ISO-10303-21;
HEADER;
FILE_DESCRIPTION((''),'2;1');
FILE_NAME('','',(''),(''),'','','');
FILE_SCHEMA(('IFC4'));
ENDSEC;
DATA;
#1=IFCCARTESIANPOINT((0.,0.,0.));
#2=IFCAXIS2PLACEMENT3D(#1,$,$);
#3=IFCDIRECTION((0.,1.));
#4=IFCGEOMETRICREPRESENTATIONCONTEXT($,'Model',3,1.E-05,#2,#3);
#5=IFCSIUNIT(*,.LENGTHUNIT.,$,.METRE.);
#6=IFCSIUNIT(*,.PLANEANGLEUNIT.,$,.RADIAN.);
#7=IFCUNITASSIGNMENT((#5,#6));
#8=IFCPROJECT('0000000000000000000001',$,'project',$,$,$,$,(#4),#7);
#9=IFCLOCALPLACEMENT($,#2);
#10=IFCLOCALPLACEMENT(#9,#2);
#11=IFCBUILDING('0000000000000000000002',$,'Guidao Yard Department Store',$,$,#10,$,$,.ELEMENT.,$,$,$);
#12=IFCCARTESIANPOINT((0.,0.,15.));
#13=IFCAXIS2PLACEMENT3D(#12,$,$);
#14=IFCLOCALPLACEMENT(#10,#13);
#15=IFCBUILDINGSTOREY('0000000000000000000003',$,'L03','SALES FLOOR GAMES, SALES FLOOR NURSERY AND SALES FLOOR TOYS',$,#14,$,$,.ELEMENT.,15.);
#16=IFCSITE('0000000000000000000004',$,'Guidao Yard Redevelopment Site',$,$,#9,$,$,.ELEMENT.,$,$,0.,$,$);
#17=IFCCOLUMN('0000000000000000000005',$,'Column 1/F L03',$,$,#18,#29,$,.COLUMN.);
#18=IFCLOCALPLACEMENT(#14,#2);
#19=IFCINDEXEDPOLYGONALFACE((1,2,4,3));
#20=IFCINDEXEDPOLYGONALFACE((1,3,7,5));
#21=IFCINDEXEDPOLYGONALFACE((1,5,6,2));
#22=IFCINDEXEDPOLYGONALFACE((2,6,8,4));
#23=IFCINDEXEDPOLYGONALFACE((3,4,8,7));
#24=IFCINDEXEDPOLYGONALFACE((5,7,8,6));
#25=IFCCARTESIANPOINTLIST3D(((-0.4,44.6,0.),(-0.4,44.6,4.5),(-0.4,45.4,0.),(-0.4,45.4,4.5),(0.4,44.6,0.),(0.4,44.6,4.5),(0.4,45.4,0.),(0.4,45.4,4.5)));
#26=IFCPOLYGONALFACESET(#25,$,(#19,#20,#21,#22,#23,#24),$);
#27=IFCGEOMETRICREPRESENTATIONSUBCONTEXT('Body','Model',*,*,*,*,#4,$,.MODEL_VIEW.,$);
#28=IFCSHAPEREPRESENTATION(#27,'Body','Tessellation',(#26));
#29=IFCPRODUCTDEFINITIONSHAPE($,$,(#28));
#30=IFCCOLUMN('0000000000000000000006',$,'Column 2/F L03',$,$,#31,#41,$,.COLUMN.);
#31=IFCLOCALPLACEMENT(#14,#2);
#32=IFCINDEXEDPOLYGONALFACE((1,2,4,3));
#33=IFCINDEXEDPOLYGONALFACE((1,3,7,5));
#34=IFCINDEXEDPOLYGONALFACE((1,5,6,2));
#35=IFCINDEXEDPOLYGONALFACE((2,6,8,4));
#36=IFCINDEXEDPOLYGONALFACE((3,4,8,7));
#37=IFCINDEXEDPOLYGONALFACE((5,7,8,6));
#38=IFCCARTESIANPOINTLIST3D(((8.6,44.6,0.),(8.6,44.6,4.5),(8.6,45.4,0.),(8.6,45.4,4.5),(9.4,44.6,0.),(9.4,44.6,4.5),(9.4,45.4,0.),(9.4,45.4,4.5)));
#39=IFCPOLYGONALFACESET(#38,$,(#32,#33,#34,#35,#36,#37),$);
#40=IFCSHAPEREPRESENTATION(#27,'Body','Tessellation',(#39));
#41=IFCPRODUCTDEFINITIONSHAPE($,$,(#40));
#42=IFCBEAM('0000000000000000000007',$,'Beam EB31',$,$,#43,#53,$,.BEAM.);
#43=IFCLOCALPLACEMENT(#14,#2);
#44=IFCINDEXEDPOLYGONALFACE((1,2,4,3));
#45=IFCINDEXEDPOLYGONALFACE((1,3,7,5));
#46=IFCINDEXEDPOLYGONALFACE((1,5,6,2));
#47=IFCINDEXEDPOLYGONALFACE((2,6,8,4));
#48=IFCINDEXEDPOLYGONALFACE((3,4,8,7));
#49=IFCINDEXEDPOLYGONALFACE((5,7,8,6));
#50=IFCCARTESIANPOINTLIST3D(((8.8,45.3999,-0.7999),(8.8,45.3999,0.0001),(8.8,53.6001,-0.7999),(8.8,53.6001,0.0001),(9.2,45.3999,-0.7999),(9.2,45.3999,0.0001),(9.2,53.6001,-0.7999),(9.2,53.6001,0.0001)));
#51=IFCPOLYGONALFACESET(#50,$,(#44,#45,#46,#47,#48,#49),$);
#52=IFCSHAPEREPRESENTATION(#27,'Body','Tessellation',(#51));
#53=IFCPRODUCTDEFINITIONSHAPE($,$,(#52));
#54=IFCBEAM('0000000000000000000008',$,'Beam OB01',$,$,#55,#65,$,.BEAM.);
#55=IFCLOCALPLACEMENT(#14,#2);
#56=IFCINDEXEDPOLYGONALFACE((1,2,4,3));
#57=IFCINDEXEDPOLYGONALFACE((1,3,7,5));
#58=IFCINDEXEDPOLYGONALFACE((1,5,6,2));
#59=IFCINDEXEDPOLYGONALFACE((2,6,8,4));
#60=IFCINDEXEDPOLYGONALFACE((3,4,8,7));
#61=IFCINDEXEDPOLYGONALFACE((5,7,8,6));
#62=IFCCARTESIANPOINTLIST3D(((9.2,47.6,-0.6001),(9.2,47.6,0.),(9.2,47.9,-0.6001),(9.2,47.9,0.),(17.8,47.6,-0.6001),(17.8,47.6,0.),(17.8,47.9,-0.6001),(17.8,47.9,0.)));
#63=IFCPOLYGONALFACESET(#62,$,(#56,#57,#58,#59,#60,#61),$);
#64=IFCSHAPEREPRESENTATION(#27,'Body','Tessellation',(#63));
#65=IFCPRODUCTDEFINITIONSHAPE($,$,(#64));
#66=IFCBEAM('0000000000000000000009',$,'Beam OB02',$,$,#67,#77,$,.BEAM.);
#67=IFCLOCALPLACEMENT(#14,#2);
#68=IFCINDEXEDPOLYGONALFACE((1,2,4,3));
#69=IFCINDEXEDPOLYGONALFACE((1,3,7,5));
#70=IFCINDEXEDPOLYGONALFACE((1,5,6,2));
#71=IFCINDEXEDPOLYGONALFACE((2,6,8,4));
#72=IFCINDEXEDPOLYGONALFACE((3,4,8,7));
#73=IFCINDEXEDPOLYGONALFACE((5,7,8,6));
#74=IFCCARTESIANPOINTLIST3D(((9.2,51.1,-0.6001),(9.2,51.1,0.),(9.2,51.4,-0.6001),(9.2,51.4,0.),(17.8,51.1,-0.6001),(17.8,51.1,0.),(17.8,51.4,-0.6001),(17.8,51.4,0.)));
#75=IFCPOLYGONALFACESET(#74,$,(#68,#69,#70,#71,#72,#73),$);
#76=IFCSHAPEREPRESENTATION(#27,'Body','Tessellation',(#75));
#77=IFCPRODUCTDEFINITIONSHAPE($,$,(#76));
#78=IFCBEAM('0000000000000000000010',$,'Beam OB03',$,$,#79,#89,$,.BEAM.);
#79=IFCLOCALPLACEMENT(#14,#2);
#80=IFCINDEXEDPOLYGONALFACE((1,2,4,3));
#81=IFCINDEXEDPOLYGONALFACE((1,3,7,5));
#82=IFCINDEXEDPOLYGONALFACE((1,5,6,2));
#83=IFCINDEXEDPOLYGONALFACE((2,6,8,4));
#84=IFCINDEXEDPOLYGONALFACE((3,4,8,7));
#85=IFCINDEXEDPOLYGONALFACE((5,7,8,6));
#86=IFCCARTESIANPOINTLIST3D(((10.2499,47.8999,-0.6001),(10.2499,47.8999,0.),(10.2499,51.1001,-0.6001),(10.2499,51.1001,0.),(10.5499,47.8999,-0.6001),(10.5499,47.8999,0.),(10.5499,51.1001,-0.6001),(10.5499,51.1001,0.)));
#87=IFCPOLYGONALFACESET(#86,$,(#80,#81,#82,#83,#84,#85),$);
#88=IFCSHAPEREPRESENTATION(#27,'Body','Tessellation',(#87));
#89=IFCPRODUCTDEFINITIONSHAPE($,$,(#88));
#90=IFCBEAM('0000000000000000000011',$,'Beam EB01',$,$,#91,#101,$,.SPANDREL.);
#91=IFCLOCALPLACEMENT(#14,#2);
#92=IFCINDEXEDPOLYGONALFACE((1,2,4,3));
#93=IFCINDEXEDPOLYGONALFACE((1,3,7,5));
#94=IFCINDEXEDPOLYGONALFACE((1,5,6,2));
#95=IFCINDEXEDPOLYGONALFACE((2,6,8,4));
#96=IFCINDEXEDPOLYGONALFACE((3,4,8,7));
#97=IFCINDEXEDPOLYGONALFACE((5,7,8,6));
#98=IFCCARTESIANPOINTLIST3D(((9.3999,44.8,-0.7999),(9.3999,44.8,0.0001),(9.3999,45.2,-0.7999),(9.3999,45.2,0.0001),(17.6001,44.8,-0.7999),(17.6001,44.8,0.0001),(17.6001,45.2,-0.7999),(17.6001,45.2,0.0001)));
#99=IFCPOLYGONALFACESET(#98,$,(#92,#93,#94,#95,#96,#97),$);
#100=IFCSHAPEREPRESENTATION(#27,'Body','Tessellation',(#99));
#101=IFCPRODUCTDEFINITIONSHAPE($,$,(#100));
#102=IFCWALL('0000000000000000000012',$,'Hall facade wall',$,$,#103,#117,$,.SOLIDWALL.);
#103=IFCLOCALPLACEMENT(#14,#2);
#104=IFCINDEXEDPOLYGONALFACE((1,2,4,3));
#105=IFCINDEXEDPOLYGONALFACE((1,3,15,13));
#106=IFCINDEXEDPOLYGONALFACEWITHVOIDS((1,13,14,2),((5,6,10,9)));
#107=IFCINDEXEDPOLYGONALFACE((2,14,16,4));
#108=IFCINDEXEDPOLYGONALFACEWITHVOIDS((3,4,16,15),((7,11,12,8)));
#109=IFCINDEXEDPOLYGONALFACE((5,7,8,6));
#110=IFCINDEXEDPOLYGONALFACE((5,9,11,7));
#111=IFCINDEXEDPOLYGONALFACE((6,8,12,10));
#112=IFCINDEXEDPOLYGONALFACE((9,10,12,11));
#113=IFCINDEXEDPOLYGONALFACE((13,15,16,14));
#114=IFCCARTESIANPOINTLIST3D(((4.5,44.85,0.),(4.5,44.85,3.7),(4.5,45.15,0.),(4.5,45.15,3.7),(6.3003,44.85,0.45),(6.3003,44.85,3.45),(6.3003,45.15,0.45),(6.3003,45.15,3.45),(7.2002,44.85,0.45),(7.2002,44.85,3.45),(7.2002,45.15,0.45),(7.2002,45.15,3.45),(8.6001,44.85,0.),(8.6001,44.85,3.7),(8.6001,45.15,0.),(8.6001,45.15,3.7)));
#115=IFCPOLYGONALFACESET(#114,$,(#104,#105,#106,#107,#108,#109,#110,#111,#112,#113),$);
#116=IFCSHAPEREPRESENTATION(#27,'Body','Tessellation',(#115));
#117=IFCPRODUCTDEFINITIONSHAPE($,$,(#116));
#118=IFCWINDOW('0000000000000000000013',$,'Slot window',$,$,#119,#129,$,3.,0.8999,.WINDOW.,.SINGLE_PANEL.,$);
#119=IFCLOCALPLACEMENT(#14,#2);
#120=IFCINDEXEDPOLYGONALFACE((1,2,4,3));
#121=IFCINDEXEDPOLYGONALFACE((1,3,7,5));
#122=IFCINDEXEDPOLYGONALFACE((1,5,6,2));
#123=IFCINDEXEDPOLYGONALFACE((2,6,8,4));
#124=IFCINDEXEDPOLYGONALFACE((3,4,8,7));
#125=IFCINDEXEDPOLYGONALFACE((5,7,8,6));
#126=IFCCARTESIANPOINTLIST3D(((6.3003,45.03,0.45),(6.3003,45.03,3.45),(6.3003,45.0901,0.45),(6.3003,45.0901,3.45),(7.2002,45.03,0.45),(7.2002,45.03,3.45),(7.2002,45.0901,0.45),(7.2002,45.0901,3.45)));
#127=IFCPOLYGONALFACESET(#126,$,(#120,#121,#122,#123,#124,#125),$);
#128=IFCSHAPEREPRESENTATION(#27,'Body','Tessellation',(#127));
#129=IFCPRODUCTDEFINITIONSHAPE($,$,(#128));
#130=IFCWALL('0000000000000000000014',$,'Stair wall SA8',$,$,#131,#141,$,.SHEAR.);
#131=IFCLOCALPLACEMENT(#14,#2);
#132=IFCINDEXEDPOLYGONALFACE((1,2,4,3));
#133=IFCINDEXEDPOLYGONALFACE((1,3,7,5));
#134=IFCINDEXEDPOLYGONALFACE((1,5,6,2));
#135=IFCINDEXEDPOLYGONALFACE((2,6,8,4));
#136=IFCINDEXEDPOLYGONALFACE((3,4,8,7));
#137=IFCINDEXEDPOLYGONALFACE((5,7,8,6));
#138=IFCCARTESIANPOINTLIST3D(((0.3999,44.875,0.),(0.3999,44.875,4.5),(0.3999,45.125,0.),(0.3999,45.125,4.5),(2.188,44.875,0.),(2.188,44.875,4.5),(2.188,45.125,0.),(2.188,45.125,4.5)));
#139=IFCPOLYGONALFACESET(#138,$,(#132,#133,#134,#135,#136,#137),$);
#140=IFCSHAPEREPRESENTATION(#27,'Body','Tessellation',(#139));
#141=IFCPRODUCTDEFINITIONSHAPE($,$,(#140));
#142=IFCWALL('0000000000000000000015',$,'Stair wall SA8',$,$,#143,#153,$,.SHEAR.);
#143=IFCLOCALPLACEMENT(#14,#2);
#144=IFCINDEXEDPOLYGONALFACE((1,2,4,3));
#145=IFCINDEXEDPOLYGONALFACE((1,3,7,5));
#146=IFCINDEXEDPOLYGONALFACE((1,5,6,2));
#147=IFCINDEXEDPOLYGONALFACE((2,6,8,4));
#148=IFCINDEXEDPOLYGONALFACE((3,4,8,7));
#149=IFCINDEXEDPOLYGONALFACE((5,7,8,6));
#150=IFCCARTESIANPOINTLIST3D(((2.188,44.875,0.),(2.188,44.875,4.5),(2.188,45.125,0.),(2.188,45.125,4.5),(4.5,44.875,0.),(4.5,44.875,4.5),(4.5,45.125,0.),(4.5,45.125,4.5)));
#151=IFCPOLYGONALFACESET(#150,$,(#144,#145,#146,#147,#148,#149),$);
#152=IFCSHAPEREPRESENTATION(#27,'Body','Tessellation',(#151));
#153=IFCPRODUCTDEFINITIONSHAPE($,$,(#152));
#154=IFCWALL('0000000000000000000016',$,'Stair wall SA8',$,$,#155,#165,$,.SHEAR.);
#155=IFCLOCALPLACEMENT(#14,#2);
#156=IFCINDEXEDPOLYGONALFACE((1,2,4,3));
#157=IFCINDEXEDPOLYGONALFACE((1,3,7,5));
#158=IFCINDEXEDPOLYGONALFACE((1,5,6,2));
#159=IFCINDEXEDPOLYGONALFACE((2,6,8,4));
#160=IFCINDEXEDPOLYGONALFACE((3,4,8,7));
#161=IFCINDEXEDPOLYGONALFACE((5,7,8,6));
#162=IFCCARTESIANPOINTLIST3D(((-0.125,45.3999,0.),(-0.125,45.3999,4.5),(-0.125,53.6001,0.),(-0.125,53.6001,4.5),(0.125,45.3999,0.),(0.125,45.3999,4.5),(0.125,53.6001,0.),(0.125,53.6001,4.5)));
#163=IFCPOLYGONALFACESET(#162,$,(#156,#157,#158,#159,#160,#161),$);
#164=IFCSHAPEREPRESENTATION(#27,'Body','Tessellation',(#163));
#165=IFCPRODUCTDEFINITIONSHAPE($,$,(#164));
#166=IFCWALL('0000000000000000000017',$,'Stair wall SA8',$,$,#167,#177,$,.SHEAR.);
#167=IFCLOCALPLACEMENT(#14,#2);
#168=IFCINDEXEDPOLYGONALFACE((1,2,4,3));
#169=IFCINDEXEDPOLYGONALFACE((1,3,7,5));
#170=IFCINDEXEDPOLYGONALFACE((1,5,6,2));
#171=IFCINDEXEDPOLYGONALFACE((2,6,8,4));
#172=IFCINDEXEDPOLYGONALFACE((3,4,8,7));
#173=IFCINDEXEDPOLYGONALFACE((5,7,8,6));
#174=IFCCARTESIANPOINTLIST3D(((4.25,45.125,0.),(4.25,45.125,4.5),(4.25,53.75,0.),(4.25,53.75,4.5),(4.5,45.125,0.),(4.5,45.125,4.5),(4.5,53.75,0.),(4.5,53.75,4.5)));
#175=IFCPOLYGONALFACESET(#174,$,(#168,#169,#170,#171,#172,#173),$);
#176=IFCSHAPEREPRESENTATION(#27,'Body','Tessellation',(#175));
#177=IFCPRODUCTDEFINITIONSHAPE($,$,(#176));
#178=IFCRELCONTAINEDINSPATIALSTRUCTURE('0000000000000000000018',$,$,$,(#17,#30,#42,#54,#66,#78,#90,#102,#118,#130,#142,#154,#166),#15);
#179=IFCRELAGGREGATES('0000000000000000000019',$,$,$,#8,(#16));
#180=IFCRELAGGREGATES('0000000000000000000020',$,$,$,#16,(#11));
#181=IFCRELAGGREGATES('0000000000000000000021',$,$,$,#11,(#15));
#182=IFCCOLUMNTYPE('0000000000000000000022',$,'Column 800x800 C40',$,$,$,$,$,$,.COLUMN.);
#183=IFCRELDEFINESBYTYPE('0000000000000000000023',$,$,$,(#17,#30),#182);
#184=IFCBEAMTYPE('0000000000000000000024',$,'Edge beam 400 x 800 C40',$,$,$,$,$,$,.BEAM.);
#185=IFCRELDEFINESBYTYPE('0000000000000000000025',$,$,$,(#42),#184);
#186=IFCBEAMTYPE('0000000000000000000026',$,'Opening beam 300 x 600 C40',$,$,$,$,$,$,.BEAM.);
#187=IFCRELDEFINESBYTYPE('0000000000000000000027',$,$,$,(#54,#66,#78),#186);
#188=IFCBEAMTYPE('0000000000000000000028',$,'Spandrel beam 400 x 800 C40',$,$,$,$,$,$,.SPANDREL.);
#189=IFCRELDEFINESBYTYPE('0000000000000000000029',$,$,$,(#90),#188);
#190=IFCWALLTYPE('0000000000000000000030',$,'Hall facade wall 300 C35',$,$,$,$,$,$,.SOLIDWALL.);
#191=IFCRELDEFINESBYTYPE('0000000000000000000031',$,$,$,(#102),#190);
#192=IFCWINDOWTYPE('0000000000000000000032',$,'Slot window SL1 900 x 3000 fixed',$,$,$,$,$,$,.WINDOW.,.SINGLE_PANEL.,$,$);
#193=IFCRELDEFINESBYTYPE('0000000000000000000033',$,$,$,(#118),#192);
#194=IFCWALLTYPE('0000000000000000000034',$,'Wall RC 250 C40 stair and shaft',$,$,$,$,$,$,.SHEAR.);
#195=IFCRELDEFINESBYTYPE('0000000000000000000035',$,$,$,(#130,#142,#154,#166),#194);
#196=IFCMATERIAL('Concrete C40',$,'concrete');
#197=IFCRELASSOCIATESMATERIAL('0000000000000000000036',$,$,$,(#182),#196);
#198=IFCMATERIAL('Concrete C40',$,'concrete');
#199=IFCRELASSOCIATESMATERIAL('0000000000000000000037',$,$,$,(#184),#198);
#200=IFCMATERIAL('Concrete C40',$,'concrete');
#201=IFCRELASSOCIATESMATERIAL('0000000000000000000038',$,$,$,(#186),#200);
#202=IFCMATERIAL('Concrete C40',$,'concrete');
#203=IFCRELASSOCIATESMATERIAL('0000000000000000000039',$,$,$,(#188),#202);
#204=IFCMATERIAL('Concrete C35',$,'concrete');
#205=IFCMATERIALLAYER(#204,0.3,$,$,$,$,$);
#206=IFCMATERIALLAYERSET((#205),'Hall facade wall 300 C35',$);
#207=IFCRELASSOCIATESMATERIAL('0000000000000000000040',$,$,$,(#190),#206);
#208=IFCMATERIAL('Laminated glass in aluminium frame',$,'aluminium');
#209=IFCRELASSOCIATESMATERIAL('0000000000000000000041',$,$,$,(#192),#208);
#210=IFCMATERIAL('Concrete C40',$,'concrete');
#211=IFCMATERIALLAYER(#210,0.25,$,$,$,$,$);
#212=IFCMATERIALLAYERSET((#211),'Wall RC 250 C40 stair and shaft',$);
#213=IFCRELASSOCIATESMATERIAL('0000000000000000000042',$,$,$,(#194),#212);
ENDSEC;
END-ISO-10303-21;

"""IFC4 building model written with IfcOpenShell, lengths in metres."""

from ifc_helpers import new_model, si_unit, direction, frame, frame_2d, origin, origin_2d, place, context, subcontext, project, spatial, rectangle, extrude, material, layer, layer_set, material_profile, profile_set, type_object, element, fill, save


model = new_model("IFC4")

# Units and contexts
model_context = context("Model", 3, precision=1e-05, world=origin(), true_north=direction((0.0, 1.0)))
body_context = subcontext(model_context, "Body", "Model", "MODEL_VIEW")
ifc_project = project(units=[si_unit("LENGTHUNIT", "METRE"), si_unit("PLANEANGLEUNIT", "RADIAN")], contexts=[model_context])

# Site, building, storey
site_placement = place(None, origin())
site = spatial("IfcSite", under=ifc_project, at=site_placement, Name="Guidao Yard Redevelopment Site", CompositionType="ELEMENT", RefElevation=0.0)
building_placement = place(site_placement, origin())
building = spatial("IfcBuilding", under=site, at=building_placement, Name="Guidao Yard Department Store", CompositionType="ELEMENT")
storey_placement = place(building_placement, frame((0.0, 0.0, 15.0)))
storey = spatial("IfcBuildingStorey", under=building, at=storey_placement, Name="L03", Description="SALES FLOOR GAMES, SALES FLOOR NURSERY AND SALES FLOOR TOYS", CompositionType="ELEMENT", Elevation=15.0)

# Columns
ifc_material_1 = material(Name="Concrete C40", Category="concrete")
ifc_material_profile_1 = material_profile(ifc_material_1, rectangle(XDim=0.8, YDim=0.8, at=origin_2d()), Name="COL 800x800")
ifc_profile_set_1 = profile_set([ifc_material_profile_1], Name="Concrete C40")
column_type = type_object("IfcColumnType", Name="Column 800x800 C40", PredefinedType="COLUMN", material=ifc_profile_set_1)
for number, where, z_axis, x_axis, name in (
    (1, (0.0, 45.0, 0.0), (0.0, 0.0, 1.0), (1.0, 0.0, 0.0), "Column 1/F L03"),
    (2, (9.0, 45.0, 0.0), (0.0, 0.0, 1.0), (1.0, 0.0, 0.0), "Column 2/F L03"),
):
    element("IfcColumn", number, at=place(storey_placement, frame(where, z_axis=z_axis, x_axis=x_axis)), inside=storey, type_object=column_type, Name=name, PredefinedType="COLUMN", context=body_context, shape_type="SweptSolid", body=[
        extrude(rectangle(XDim=0.8, YDim=0.8, at=origin_2d()), origin(), (0.0, 0.0, 1.0), 4.5),
    ])

# Beams
ifc_material_2 = material(Name="Concrete C40", Category="concrete")
ifc_material_profile_2 = material_profile(ifc_material_2, rectangle(XDim=0.3999, YDim=0.8, at=origin_2d()), Name="Edge beam 400 x 800 C40")
ifc_profile_set_2 = profile_set([ifc_material_profile_2], Name="Concrete C40")
beam_type_1 = type_object("IfcBeamType", Name="Edge beam 400 x 800 C40", PredefinedType="BEAM", material=ifc_profile_set_2)
beam_1_placement = place(storey_placement, frame((9.0, 45.3999, -0.3999), z_axis=(0.0, 1.0, 0.0), x_axis=(-1.0, 0.0, 0.0)))
element("IfcBeam", 3, at=beam_1_placement, inside=storey, type_object=beam_type_1, Name="Beam EB31", PredefinedType="BEAM", context=body_context, shape_type="SweptSolid", body=[
    extrude(rectangle(XDim=0.3999, YDim=0.8, at=origin_2d()), origin(), (0.0, 0.0, 1.0), 8.2002),
])
ifc_material_3 = material(Name="Concrete C40", Category="concrete")
ifc_material_profile_3 = material_profile(ifc_material_3, rectangle(XDim=0.3, YDim=0.6001, at=origin_2d()), Name="Opening beam 300 x 600 C40")
ifc_profile_set_3 = profile_set([ifc_material_profile_3], Name="Concrete C40")
beam_type_2 = type_object("IfcBeamType", Name="Opening beam 300 x 600 C40", PredefinedType="BEAM", material=ifc_profile_set_3)
for number, where, z_axis, x_axis, name in (
    (4, (9.2, 47.75, -0.3), (1.0, 0.0, 0.0), (0.0, 1.0, 0.0), "Beam OB01"),
    (5, (9.2, 51.25, -0.3), (1.0, 0.0, 0.0), (0.0, 1.0, 0.0), "Beam OB02"),
):
    element("IfcBeam", number, at=place(storey_placement, frame(where, z_axis=z_axis, x_axis=x_axis)), inside=storey, type_object=beam_type_2, Name=name, PredefinedType="BEAM", context=body_context, shape_type="SweptSolid", body=[
        extrude(rectangle(XDim=0.3, YDim=0.6001, at=origin_2d()), origin(), (0.0, 0.0, 1.0), 8.6001),
    ])
beam_2_placement = place(storey_placement, frame((10.3999, 47.8999, -0.3), z_axis=(0.0, 1.0, 0.0), x_axis=(-1.0, 0.0, 0.0)))
element("IfcBeam", 6, at=beam_2_placement, inside=storey, type_object=beam_type_2, Name="Beam OB03", PredefinedType="BEAM", context=body_context, shape_type="SweptSolid", body=[
    extrude(rectangle(XDim=0.3, YDim=0.6001, at=origin_2d()), origin(), (0.0, 0.0, 1.0), 3.2002),
])
ifc_material_4 = material(Name="Concrete C40", Category="concrete")
ifc_material_profile_4 = material_profile(ifc_material_4, rectangle(XDim=0.3999, YDim=0.8, at=origin_2d()), Name="Spandrel beam 400 x 800 C40")
ifc_profile_set_4 = profile_set([ifc_material_profile_4], Name="Concrete C40")
beam_type_3 = type_object("IfcBeamType", Name="Spandrel beam 400 x 800 C40", PredefinedType="SPANDREL", material=ifc_profile_set_4)
beam_3_placement = place(storey_placement, frame((9.3999, 45.0, -0.3999), z_axis=(1.0, 0.0, 0.0), x_axis=(0.0, 1.0, 0.0)))
element("IfcBeam", 7, at=beam_3_placement, inside=storey, type_object=beam_type_3, Name="Beam EB01", PredefinedType="SPANDREL", context=body_context, shape_type="SweptSolid", body=[
    extrude(rectangle(XDim=0.3999, YDim=0.8, at=origin_2d()), origin(), (0.0, 0.0, 1.0), 8.2002),
])

# Wall, opening, window
ifc_material_5 = material(Name="Concrete C35", Category="concrete")
ifc_layer_1 = layer(ifc_material_5, 0.3)
ifc_layer_set_1 = layer_set([ifc_layer_1], Name="Hall facade wall 300 C35")
wall_type_1 = type_object("IfcWallType", Name="Hall facade wall 300 C35", PredefinedType="SOLIDWALL", material=ifc_layer_set_1)
wall_1_placement = place(storey_placement, frame((8.6001, 45.0, 0.0), z_axis=(0.0, 0.0, 1.0), x_axis=(-1.0, 0.0, 0.0)))
wall_1 = element("IfcWall", 8, at=wall_1_placement, inside=storey, type_object=wall_type_1, Name="Hall facade wall", PredefinedType="SOLIDWALL", context=body_context, shape_type="SweptSolid", body=[
    extrude(rectangle(XDim=4.1001, YDim=0.3, at=frame_2d((2.05, 0.0))), origin(), (0.0, 0.0, 1.0), 3.7),
])
opening_placement = place(wall_1_placement, frame((1.3999, 0.0, 0.45)))
opening = element("IfcOpeningElement", 9, at=opening_placement, cuts=wall_1, PredefinedType="OPENING", context=body_context, shape_type="SweptSolid", body=[
    extrude(rectangle(XDim=0.8999, YDim=3.0, at=frame_2d((0.45, 1.5))), frame((0.0, 0.1599, 0.0), z_axis=(0.0, -1.0, 0.0), x_axis=(1.0, 0.0, 0.0)), (0.0, 0.0, 1.0), 0.3201),
])
ifc_material_6 = material(Name="Laminated glass in aluminium frame", Category="aluminium")
window_type = type_object("IfcWindowType", Name="Slot window SL1 900 x 3000 fixed", PartitioningType="SINGLE_PANEL", PredefinedType="WINDOW", material=ifc_material_6)
window_placement = place(opening_placement, origin())
window = element("IfcWindow", 10, at=window_placement, inside=storey, type_object=window_type, Name="Slot window", OverallHeight=3.0, OverallWidth=0.8999, PartitioningType="SINGLE_PANEL", PredefinedType="WINDOW", context=body_context, shape_type="SweptSolid", body=[
    extrude(rectangle(XDim=0.8999, YDim=3.0, at=frame_2d((0.45, 1.5))), frame((0.0, -0.03, 0.0), z_axis=(0.0, -1.0, 0.0), x_axis=(1.0, 0.0, 0.0)), (0.0, 0.0, 1.0), 0.0601),
])
fill(opening, window)

# Walls
ifc_material_7 = material(Name="Concrete C40", Category="concrete")
ifc_layer_2 = layer(ifc_material_7, 0.25)
ifc_layer_set_2 = layer_set([ifc_layer_2], Name="Wall RC 250 C40 stair and shaft")
wall_type_2 = type_object("IfcWallType", Name="Wall RC 250 C40 stair and shaft", PredefinedType="SHEAR", material=ifc_layer_set_2)
wall_2_placement = place(storey_placement, frame((0.3999, 45.0, 0.0), z_axis=(0.0, 0.0, 1.0), x_axis=(1.0, 0.0, 0.0)))
element("IfcWall", 11, at=wall_2_placement, inside=storey, type_object=wall_type_2, Name="Stair wall SA8", PredefinedType="SHEAR", context=body_context, shape_type="SweptSolid", body=[
    extrude(rectangle(XDim=1.7881, YDim=0.25, at=frame_2d((0.894, 0.0))), origin(), (0.0, 0.0, 1.0), 4.5),
])
wall_3_placement = place(storey_placement, frame((2.188, 45.0, 0.0), z_axis=(0.0, 0.0, 1.0), x_axis=(1.0, 0.0, 0.0)))
element("IfcWall", 12, at=wall_3_placement, inside=storey, type_object=wall_type_2, Name="Stair wall SA8", PredefinedType="SHEAR", context=body_context, shape_type="SweptSolid", body=[
    extrude(rectangle(XDim=2.312, YDim=0.25, at=frame_2d((1.156, 0.0))), origin(), (0.0, 0.0, 1.0), 4.5),
])
wall_4_placement = place(storey_placement, frame((0.0, 45.3999, 0.0), z_axis=(0.0, 0.0, 1.0), x_axis=(0.0, 1.0, 0.0)))
element("IfcWall", 13, at=wall_4_placement, inside=storey, type_object=wall_type_2, Name="Stair wall SA8", PredefinedType="SHEAR", context=body_context, shape_type="SweptSolid", body=[
    extrude(rectangle(XDim=8.2002, YDim=0.25, at=frame_2d((4.1001, 0.0))), origin(), (0.0, 0.0, 1.0), 4.5),
])
wall_5_placement = place(storey_placement, frame((4.375, 45.125, 0.0), z_axis=(0.0, 0.0, 1.0), x_axis=(0.0, 1.0, 0.0)))
element("IfcWall", 14, at=wall_5_placement, inside=storey, type_object=wall_type_2, Name="Stair wall SA8", PredefinedType="SHEAR", context=body_context, shape_type="SweptSolid", body=[
    extrude(rectangle(XDim=8.625, YDim=0.25, at=frame_2d((4.3125, 0.0))), origin(), (0.0, 0.0, 1.0), 4.5),
])

save(model, "model.ifc")
